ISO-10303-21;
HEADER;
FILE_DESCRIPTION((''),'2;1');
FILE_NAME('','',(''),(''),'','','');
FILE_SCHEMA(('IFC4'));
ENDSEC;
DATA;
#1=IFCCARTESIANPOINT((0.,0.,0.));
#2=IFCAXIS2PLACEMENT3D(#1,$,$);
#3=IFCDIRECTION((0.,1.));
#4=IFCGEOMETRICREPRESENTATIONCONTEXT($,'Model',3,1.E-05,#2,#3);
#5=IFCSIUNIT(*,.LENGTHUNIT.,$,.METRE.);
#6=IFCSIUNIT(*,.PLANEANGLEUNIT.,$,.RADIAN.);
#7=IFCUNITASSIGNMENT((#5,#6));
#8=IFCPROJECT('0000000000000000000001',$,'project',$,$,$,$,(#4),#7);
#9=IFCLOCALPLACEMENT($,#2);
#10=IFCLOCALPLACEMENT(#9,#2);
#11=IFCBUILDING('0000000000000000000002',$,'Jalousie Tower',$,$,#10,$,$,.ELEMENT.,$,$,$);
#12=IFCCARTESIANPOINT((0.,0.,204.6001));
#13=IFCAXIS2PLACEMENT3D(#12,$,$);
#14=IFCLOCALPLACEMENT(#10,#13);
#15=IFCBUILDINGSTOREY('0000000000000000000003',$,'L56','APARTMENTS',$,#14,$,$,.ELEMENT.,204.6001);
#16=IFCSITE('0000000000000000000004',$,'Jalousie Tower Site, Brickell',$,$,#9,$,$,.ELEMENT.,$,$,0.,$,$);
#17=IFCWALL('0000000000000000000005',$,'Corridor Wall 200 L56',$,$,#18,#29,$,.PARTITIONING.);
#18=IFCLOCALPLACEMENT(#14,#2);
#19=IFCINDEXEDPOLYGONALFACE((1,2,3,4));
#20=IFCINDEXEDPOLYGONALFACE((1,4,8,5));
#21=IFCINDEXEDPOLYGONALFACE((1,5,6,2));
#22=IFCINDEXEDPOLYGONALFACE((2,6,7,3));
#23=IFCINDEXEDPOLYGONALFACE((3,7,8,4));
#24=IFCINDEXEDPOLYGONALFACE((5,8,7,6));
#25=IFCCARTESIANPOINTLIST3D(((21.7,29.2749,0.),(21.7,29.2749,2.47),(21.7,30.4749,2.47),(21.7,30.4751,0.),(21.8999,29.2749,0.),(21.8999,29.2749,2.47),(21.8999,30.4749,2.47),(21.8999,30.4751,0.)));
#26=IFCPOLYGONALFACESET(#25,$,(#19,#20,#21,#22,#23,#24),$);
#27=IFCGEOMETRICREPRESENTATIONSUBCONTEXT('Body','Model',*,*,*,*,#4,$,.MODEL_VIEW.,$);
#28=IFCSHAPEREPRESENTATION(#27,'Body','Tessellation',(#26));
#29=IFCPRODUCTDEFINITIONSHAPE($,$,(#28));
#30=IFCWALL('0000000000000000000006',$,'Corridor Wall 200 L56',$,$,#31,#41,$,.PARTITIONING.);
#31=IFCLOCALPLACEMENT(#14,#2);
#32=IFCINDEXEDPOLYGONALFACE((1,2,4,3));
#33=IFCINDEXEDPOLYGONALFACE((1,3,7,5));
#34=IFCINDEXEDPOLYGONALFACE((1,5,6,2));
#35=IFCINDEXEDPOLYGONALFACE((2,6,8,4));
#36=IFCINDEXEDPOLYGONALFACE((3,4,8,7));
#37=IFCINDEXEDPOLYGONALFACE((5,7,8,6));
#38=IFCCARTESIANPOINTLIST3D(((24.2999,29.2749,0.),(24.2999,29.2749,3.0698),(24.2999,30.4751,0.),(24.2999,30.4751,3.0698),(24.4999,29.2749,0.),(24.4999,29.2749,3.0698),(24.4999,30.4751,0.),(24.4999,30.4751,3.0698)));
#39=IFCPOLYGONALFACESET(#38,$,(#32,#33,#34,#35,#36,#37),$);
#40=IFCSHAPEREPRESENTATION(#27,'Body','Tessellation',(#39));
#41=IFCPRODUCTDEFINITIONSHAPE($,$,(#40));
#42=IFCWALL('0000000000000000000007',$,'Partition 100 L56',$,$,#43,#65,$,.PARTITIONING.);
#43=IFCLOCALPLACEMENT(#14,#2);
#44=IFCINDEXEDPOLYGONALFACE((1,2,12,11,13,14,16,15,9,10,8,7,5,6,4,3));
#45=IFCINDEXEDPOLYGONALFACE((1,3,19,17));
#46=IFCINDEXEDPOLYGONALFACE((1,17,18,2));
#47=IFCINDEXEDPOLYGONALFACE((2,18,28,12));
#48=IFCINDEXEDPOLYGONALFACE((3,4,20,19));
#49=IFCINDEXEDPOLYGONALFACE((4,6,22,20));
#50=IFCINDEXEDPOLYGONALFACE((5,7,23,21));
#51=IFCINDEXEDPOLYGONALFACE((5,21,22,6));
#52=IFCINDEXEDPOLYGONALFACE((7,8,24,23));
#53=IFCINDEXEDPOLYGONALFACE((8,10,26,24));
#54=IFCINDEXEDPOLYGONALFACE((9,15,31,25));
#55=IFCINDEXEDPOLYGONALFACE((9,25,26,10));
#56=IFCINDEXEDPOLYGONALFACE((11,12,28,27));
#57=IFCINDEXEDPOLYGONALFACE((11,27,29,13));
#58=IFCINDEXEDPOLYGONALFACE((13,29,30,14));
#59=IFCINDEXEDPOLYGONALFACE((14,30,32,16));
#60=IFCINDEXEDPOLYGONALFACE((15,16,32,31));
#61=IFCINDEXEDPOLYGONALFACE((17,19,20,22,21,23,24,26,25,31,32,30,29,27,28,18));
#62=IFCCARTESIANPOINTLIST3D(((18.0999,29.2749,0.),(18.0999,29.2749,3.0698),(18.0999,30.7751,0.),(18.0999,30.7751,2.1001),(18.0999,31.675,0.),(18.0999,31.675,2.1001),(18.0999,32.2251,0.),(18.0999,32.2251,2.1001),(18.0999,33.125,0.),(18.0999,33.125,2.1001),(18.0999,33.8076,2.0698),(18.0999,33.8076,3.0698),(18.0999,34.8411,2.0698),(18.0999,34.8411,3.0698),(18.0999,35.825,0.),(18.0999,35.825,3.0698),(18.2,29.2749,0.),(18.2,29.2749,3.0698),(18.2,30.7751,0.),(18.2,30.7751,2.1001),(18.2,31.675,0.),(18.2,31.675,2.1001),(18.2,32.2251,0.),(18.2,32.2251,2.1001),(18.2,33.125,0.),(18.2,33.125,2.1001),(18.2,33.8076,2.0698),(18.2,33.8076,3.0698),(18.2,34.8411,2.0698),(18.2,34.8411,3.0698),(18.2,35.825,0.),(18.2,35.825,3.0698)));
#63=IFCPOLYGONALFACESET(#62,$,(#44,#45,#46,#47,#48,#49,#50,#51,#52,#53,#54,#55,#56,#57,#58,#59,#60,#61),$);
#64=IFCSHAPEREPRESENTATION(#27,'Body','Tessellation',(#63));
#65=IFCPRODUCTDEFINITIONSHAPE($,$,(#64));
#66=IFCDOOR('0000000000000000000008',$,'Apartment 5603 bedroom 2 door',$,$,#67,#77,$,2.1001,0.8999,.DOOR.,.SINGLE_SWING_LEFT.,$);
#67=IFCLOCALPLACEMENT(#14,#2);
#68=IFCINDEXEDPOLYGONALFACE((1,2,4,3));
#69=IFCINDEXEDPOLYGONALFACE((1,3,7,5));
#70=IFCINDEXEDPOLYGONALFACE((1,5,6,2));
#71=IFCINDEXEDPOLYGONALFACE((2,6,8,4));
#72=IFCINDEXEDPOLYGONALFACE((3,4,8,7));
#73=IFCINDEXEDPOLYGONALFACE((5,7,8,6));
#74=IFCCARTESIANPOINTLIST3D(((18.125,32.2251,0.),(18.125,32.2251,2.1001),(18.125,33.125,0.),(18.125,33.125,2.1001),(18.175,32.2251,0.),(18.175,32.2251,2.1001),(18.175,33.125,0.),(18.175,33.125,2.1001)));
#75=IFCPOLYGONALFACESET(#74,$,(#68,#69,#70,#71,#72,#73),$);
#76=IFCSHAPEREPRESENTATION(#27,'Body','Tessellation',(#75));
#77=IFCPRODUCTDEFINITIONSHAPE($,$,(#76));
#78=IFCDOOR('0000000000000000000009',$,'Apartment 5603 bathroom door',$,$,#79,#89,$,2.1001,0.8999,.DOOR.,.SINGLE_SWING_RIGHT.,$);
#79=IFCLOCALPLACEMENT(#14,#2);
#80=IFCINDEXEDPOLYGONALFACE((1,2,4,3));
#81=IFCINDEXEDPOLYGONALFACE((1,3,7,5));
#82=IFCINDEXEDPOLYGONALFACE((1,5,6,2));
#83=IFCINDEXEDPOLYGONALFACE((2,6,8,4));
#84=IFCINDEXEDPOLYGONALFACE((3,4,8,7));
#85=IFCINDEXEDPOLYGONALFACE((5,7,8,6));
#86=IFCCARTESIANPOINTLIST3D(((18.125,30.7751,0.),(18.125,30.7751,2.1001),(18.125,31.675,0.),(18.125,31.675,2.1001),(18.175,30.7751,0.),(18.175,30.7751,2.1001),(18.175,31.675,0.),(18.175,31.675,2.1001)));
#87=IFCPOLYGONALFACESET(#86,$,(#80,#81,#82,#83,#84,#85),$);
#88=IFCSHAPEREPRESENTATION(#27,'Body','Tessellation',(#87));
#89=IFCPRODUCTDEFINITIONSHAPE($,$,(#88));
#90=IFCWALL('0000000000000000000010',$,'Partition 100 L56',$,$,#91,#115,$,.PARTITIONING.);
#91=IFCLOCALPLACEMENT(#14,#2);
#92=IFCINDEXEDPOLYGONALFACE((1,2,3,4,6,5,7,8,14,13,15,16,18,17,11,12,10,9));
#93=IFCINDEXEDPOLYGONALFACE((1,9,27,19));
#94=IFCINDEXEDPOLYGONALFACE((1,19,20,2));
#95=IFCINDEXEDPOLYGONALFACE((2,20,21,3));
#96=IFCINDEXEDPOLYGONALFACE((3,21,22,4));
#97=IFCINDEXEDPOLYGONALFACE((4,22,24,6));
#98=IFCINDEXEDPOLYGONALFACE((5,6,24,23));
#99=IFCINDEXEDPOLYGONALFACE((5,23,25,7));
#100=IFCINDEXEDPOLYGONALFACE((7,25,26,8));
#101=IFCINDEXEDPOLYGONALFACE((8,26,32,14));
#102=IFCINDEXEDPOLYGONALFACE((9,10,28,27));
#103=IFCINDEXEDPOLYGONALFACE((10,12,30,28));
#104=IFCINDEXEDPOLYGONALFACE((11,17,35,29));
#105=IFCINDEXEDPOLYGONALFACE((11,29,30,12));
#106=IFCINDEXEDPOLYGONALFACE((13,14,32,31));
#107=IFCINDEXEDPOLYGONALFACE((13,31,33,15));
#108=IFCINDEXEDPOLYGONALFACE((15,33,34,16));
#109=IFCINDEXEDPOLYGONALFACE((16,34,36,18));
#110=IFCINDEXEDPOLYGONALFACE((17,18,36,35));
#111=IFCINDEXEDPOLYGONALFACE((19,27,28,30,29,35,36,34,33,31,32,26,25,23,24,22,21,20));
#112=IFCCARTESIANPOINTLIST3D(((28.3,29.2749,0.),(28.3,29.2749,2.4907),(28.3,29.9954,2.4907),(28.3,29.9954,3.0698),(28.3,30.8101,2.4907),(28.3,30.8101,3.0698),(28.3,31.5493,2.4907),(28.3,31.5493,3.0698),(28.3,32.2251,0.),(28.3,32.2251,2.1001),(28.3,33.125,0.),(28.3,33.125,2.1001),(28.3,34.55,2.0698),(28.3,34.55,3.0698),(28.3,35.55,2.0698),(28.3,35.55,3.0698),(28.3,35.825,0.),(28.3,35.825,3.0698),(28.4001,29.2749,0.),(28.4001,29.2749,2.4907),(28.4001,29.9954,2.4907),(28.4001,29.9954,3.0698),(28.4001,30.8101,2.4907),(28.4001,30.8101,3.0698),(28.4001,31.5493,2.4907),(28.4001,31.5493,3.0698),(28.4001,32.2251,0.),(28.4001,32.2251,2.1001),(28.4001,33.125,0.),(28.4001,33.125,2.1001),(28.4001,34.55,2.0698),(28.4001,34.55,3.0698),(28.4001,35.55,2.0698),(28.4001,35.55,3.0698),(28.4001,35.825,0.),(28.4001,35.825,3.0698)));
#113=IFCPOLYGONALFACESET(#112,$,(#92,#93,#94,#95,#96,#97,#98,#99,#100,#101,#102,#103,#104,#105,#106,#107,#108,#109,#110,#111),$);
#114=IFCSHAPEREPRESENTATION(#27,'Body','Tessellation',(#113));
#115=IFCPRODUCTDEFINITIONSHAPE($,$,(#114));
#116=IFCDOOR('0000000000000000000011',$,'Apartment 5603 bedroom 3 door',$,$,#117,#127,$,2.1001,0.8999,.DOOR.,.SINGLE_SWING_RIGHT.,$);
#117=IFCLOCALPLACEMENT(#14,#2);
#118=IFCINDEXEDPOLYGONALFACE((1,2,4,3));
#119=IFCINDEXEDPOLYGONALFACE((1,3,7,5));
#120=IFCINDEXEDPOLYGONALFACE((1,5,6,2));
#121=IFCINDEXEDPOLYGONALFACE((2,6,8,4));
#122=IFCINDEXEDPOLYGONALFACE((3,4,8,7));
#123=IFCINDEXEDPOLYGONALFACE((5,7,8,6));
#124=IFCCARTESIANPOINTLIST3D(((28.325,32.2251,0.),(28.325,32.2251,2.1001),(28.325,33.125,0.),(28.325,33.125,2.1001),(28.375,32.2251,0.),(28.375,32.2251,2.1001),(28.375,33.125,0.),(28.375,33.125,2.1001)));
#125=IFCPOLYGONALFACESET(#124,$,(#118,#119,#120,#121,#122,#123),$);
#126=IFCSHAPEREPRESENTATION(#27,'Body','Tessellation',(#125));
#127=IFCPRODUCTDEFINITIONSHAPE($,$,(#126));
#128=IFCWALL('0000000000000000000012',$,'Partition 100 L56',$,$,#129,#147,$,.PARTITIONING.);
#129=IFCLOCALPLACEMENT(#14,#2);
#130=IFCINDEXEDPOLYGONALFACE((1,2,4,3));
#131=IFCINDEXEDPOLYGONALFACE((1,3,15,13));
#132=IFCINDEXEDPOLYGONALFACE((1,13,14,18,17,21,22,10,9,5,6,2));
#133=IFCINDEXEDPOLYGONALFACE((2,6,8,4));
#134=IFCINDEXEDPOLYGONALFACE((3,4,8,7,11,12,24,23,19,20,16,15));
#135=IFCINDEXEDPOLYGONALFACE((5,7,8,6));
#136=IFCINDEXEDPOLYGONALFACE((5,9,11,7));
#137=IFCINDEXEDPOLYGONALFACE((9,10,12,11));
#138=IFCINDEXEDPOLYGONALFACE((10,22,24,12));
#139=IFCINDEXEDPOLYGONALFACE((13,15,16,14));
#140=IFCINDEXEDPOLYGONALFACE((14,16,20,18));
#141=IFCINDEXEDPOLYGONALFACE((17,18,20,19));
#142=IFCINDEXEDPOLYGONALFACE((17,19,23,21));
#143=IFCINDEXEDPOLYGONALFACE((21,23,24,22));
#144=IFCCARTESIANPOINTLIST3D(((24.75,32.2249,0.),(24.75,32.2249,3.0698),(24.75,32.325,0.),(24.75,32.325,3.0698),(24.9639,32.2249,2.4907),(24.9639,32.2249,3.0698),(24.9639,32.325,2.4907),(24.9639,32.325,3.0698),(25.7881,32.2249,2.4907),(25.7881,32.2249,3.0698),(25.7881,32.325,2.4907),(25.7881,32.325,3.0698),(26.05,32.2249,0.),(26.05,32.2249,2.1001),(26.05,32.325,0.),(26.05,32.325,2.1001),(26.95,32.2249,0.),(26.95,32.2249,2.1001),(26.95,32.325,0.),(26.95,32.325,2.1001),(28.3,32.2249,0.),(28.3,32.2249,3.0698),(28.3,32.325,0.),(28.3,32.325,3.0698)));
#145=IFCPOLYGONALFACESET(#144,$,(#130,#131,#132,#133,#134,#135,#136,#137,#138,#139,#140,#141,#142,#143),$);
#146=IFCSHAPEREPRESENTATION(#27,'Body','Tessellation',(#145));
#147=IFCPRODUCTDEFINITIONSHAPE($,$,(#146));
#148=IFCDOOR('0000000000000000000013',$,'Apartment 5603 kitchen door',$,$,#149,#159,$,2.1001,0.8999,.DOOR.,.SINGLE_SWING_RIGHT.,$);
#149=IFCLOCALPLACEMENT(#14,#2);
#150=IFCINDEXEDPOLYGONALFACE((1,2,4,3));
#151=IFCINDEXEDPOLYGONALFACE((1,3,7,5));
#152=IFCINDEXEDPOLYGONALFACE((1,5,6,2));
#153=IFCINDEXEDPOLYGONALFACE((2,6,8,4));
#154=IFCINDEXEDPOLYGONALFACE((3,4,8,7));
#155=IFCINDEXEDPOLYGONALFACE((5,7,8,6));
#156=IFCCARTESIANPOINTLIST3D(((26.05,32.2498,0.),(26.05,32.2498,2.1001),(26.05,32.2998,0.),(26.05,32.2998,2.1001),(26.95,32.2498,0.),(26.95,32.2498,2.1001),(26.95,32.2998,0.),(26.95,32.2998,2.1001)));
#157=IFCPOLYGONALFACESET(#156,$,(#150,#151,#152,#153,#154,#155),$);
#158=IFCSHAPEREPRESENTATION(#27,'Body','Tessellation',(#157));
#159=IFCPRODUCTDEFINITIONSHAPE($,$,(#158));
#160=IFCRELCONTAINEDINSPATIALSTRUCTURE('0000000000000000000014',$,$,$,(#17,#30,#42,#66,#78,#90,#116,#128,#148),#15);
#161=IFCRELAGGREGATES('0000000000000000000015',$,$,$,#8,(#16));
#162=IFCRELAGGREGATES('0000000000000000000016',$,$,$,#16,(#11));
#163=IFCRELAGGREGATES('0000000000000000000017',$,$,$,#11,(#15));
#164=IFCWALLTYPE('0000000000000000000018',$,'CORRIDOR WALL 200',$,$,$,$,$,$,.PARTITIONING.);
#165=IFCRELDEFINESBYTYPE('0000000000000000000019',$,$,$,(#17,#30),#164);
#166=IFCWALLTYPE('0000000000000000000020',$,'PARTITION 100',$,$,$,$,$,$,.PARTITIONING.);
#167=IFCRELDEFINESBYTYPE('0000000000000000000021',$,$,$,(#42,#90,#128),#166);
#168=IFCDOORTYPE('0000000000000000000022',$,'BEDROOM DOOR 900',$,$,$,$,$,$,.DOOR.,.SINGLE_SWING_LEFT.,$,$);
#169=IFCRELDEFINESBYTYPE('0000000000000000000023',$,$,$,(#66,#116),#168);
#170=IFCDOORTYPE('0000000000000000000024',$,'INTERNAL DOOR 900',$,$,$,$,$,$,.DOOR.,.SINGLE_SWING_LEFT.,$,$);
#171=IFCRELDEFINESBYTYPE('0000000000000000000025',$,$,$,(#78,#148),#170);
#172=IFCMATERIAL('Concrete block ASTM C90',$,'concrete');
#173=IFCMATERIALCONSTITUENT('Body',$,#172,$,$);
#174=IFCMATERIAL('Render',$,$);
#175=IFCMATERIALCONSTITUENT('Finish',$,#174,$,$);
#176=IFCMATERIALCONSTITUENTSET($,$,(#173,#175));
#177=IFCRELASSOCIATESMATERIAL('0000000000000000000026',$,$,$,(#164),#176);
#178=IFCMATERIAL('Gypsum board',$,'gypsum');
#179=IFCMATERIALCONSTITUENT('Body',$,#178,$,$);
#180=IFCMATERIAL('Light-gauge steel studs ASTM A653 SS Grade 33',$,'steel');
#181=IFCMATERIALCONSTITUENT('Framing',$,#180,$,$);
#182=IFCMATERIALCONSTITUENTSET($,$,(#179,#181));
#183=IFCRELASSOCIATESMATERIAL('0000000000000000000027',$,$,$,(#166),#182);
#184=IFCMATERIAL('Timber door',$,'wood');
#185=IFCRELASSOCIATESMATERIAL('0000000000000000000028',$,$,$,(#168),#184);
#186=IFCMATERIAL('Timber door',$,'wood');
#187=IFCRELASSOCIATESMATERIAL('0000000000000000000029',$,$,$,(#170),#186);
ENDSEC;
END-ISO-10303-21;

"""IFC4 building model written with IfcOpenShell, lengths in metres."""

from ifc_helpers import new_model, si_unit, direction, frame, frame_2d, origin, place, context, subcontext, project, spatial, polyline, rectangle, outline, extrude, material, constituent, constituent_set, type_object, element, fill, save


model = new_model("IFC4")

# Units and contexts
model_context = context("Model", 3, precision=1e-05, world=origin(), true_north=direction((0.0, 1.0)))
body_context = subcontext(model_context, "Body", "Model", "MODEL_VIEW")
ifc_project = project(units=[si_unit("LENGTHUNIT", "METRE"), si_unit("PLANEANGLEUNIT", "RADIAN")], contexts=[model_context])

# Site, building, storey
site_placement = place(None, origin())
site = spatial("IfcSite", under=ifc_project, at=site_placement, Name="Jalousie Tower Site, Brickell", CompositionType="ELEMENT", RefElevation=0.0)
building_placement = place(site_placement, origin())
building = spatial("IfcBuilding", under=site, at=building_placement, Name="Jalousie Tower", CompositionType="ELEMENT")
storey_placement = place(building_placement, frame((0.0, 0.0, 204.6001)))
storey = spatial("IfcBuildingStorey", under=building, at=storey_placement, Name="L56", Description="APARTMENTS", CompositionType="ELEMENT", Elevation=204.6001)

# Shared definitions
ifc_material_1 = material(Name="Concrete block ASTM C90", Category="concrete")
ifc_constituent_1 = constituent(ifc_material_1, Name="Body")
ifc_material_2 = material(Name="Render")
ifc_constituent_2 = constituent(ifc_material_2, Name="Finish")
ifc_constituent_set_1 = constituent_set(constituents=[ifc_constituent_1, ifc_constituent_2])
wall_type_1 = type_object("IfcWallType", Name="CORRIDOR WALL 200", PredefinedType="PARTITIONING", material=ifc_constituent_set_1)

# Walls
wall_1_placement = place(storey_placement, frame((21.8, 29.2749, 0.0), z_axis=(0.0, 0.0, 1.0), x_axis=(0.0, 1.0, 0.0)))
element("IfcWall", 1, at=wall_1_placement, inside=storey, type_object=wall_type_1, Name="Corridor Wall 200 L56", PredefinedType="PARTITIONING", context=body_context, shape_type="SweptSolid", body=[
    extrude(outline(polyline([(0.0, 0.0), (1.2002, 0.0), (1.2, 3.0698), (1.2, 2.47), (0.0, 2.47), (0.0, 3.0698), (0.0, 0.0)])), frame((0.0, 0.1001, 0.0), z_axis=(0.0, -1.0, 0.0), x_axis=(1.0, 0.0, 0.0)), (0.0, 0.0, 1.0), 0.2),
])
wall_2_placement = place(storey_placement, frame((24.3999, 29.2749, 0.0), z_axis=(0.0, 0.0, 1.0), x_axis=(0.0, 1.0, 0.0)))
element("IfcWall", 2, at=wall_2_placement, inside=storey, type_object=wall_type_1, Name="Corridor Wall 200 L56", PredefinedType="PARTITIONING", context=body_context, shape_type="SweptSolid", body=[
    extrude(rectangle(XDim=1.2002, YDim=0.2, at=frame_2d((0.6001, 0.0))), origin(), (0.0, 0.0, 1.0), 3.0698),
])

# Wall, openings, doors
ifc_material_3 = material(Name="Gypsum board", Category="gypsum")
ifc_constituent_3 = constituent(ifc_material_3, Name="Body")
ifc_material_4 = material(Name="Light-gauge steel studs ASTM A653 SS Grade 33", Category="steel")
ifc_constituent_4 = constituent(ifc_material_4, Name="Framing")
ifc_constituent_set_2 = constituent_set(constituents=[ifc_constituent_3, ifc_constituent_4])
wall_type_2 = type_object("IfcWallType", Name="PARTITION 100", PredefinedType="PARTITIONING", material=ifc_constituent_set_2)
wall_3_placement = place(storey_placement, frame((18.1499, 35.825, 0.0), z_axis=(0.0, 0.0, 1.0), x_axis=(0.0, -1.0, 0.0)))
wall_3 = element("IfcWall", 3, at=wall_3_placement, inside=storey, type_object=wall_type_2, Name="Partition 100 L56", PredefinedType="PARTITIONING", context=body_context, shape_type="SweptSolid", body=[
    extrude(outline(polyline([(0.0, 0.0), (6.55, 0.0), (6.55, 3.0698), (2.0173, 3.0698), (2.0173, 2.0698), (0.9839, 2.0698), (0.9839, 3.0698), (0.0, 3.0698), (0.0, 0.0)])), frame((0.0, 0.05, 0.0), z_axis=(0.0, -1.0, 0.0), x_axis=(1.0, 0.0, 0.0)), (0.0, 0.0, 1.0), 0.1001),
])
opening_1_placement = place(wall_3_placement, frame((2.7, 0.0, 0.0)))
opening_1 = element("IfcOpeningElement", 4, at=opening_1_placement, cuts=wall_3, PredefinedType="OPENING", context=body_context, shape_type="SweptSolid", body=[
    extrude(rectangle(XDim=0.8999, YDim=2.1001, at=frame_2d((0.45, 1.05))), frame((0.0, 0.0601, 0.0), z_axis=(0.0, -1.0, 0.0), x_axis=(1.0, 0.0, 0.0)), (0.0, 0.0, 1.0), 0.1201),
])
opening_2_placement = place(wall_3_placement, frame((4.1499, 0.0, 0.0)))
opening_2 = element("IfcOpeningElement", 5, at=opening_2_placement, cuts=wall_3, PredefinedType="OPENING", context=body_context, shape_type="SweptSolid", body=[
    extrude(rectangle(XDim=0.8999, YDim=2.1001, at=frame_2d((0.45, 1.05))), frame((0.0, 0.0601, 0.0), z_axis=(0.0, -1.0, 0.0), x_axis=(1.0, 0.0, 0.0)), (0.0, 0.0, 1.0), 0.1201),
])
ifc_material_5 = material(Name="Timber door", Category="wood")
door_type_1 = type_object("IfcDoorType", Name="BEDROOM DOOR 900", OperationType="SINGLE_SWING_LEFT", PredefinedType="DOOR", material=ifc_material_5)
door_1_placement = place(opening_1_placement, frame((0.8999, 0.0, 0.0), z_axis=(0.0, 0.0, 1.0), x_axis=(-1.0, 0.0, 0.0)))
door_1 = element("IfcDoor", 6, at=door_1_placement, inside=storey, type_object=door_type_1, Name="Apartment 5603 bedroom 2 door", OperationType="SINGLE_SWING_LEFT", OverallHeight=2.1001, OverallWidth=0.8999, PredefinedType="DOOR", context=body_context, shape_type="SweptSolid", body=[
    extrude(rectangle(XDim=0.8999, YDim=2.1001, at=frame_2d((0.45, 1.05))), frame((0.0, 0.0249, 0.0), z_axis=(0.0, -1.0, 0.0), x_axis=(1.0, 0.0, 0.0)), (0.0, 0.0, 1.0), 0.05),
])
fill(opening_1, door_1)
ifc_material_6 = material(Name="Timber door", Category="wood")
door_type_2 = type_object("IfcDoorType", Name="INTERNAL DOOR 900", OperationType="SINGLE_SWING_LEFT", PredefinedType="DOOR", material=ifc_material_6)
door_2_placement = place(opening_2_placement, frame((0.8999, 0.0, 0.0), z_axis=(0.0, 0.0, 1.0), x_axis=(-1.0, 0.0, 0.0)))
door_2 = element("IfcDoor", 7, at=door_2_placement, inside=storey, type_object=door_type_2, Name="Apartment 5603 bathroom door", OperationType="SINGLE_SWING_RIGHT", OverallHeight=2.1001, OverallWidth=0.8999, PredefinedType="DOOR", context=body_context, shape_type="SweptSolid", body=[
    extrude(rectangle(XDim=0.8999, YDim=2.1001, at=frame_2d((0.45, 1.05))), frame((0.0, 0.0249, 0.0), z_axis=(0.0, -1.0, 0.0), x_axis=(1.0, 0.0, 0.0)), (0.0, 0.0, 1.0), 0.05),
])
fill(opening_2, door_2)

# Walls, openings, doors
wall_4_placement = place(storey_placement, frame((28.3501, 35.825, 0.0), z_axis=(0.0, 0.0, 1.0), x_axis=(0.0, -1.0, 0.0)))
wall_4 = element("IfcWall", 8, at=wall_4_placement, inside=storey, type_object=wall_type_2, Name="Partition 100 L56", PredefinedType="PARTITIONING", context=body_context, shape_type="SweptSolid", body=[
    extrude(outline(polyline([(0.0, 0.0), (6.55, 0.0), (6.55, 2.4907), (5.8296, 2.4907), (5.8296, 3.0698), (5.0149, 3.0698), (5.0149, 2.4907), (4.2756, 2.4907), (4.2756, 3.0698), (1.2749, 3.0698), (1.2749, 2.0698), (0.2749, 2.0698), (0.2749, 3.0698), (0.0, 3.0698), (0.0, 0.0)])), frame((0.0, 0.05, 0.0), z_axis=(0.0, -1.0, 0.0), x_axis=(1.0, 0.0, 0.0)), (0.0, 0.0, 1.0), 0.1001),
])
opening_3_placement = place(wall_4_placement, frame((2.7, 0.0, 0.0)))
opening_3 = element("IfcOpeningElement", 9, at=opening_3_placement, cuts=wall_4, PredefinedType="OPENING", context=body_context, shape_type="SweptSolid", body=[
    extrude(rectangle(XDim=0.8999, YDim=2.1001, at=frame_2d((0.45, 1.05))), frame((0.0, 0.0601, 0.0), z_axis=(0.0, -1.0, 0.0), x_axis=(1.0, 0.0, 0.0)), (0.0, 0.0, 1.0), 0.1201),
])
door_3_placement = place(opening_3_placement, origin())
door_3 = element("IfcDoor", 10, at=door_3_placement, inside=storey, type_object=door_type_1, Name="Apartment 5603 bedroom 3 door", OperationType="SINGLE_SWING_RIGHT", OverallHeight=2.1001, OverallWidth=0.8999, PredefinedType="DOOR", context=body_context, shape_type="SweptSolid", body=[
    extrude(rectangle(XDim=0.8999, YDim=2.1001, at=frame_2d((0.45, 1.05))), frame((0.0, 0.0249, 0.0), z_axis=(0.0, -1.0, 0.0), x_axis=(1.0, 0.0, 0.0)), (0.0, 0.0, 1.0), 0.05),
])
fill(opening_3, door_3)
wall_5_placement = place(storey_placement, frame((24.75, 32.2749, 0.0), z_axis=(0.0, 0.0, 1.0), x_axis=(1.0, 0.0, 0.0)))
wall_5 = element("IfcWall", 11, at=wall_5_placement, inside=storey, type_object=wall_type_2, Name="Partition 100 L56", PredefinedType="PARTITIONING", context=body_context, shape_type="SweptSolid", body=[
    extrude(outline(polyline([(0.0, 0.0), (3.55, 0.0), (3.55, 3.0698), (1.0381, 3.0698), (1.0381, 2.4907), (0.2139, 2.4907), (0.2139, 3.0698), (0.0, 3.0698), (0.0, 0.0)])), frame((0.0, 0.05, 0.0), z_axis=(0.0, -1.0, 0.0), x_axis=(1.0, 0.0, 0.0)), (0.0, 0.0, 1.0), 0.1001),
])
opening_4_placement = place(wall_5_placement, frame((1.3, 0.0, 0.0)))
opening_4 = element("IfcOpeningElement", 12, at=opening_4_placement, cuts=wall_5, PredefinedType="OPENING", context=body_context, shape_type="SweptSolid", body=[
    extrude(rectangle(XDim=0.8999, YDim=2.1001, at=frame_2d((0.45, 1.05))), frame((0.0, 0.0601, 0.0), z_axis=(0.0, -1.0, 0.0), x_axis=(1.0, 0.0, 0.0)), (0.0, 0.0, 1.0), 0.1201),
])
door_4_placement = place(opening_4_placement, origin())
door_4 = element("IfcDoor", 13, at=door_4_placement, inside=storey, type_object=door_type_2, Name="Apartment 5603 kitchen door", OperationType="SINGLE_SWING_RIGHT", OverallHeight=2.1001, OverallWidth=0.8999, PredefinedType="DOOR", context=body_context, shape_type="SweptSolid", body=[
    extrude(rectangle(XDim=0.8999, YDim=2.1001, at=frame_2d((0.45, 1.05))), frame((0.0, 0.0249, 0.0), z_axis=(0.0, -1.0, 0.0), x_axis=(1.0, 0.0, 0.0)), (0.0, 0.0, 1.0), 0.05),
])
fill(opening_4, door_4)

save(model, "model.ifc")
